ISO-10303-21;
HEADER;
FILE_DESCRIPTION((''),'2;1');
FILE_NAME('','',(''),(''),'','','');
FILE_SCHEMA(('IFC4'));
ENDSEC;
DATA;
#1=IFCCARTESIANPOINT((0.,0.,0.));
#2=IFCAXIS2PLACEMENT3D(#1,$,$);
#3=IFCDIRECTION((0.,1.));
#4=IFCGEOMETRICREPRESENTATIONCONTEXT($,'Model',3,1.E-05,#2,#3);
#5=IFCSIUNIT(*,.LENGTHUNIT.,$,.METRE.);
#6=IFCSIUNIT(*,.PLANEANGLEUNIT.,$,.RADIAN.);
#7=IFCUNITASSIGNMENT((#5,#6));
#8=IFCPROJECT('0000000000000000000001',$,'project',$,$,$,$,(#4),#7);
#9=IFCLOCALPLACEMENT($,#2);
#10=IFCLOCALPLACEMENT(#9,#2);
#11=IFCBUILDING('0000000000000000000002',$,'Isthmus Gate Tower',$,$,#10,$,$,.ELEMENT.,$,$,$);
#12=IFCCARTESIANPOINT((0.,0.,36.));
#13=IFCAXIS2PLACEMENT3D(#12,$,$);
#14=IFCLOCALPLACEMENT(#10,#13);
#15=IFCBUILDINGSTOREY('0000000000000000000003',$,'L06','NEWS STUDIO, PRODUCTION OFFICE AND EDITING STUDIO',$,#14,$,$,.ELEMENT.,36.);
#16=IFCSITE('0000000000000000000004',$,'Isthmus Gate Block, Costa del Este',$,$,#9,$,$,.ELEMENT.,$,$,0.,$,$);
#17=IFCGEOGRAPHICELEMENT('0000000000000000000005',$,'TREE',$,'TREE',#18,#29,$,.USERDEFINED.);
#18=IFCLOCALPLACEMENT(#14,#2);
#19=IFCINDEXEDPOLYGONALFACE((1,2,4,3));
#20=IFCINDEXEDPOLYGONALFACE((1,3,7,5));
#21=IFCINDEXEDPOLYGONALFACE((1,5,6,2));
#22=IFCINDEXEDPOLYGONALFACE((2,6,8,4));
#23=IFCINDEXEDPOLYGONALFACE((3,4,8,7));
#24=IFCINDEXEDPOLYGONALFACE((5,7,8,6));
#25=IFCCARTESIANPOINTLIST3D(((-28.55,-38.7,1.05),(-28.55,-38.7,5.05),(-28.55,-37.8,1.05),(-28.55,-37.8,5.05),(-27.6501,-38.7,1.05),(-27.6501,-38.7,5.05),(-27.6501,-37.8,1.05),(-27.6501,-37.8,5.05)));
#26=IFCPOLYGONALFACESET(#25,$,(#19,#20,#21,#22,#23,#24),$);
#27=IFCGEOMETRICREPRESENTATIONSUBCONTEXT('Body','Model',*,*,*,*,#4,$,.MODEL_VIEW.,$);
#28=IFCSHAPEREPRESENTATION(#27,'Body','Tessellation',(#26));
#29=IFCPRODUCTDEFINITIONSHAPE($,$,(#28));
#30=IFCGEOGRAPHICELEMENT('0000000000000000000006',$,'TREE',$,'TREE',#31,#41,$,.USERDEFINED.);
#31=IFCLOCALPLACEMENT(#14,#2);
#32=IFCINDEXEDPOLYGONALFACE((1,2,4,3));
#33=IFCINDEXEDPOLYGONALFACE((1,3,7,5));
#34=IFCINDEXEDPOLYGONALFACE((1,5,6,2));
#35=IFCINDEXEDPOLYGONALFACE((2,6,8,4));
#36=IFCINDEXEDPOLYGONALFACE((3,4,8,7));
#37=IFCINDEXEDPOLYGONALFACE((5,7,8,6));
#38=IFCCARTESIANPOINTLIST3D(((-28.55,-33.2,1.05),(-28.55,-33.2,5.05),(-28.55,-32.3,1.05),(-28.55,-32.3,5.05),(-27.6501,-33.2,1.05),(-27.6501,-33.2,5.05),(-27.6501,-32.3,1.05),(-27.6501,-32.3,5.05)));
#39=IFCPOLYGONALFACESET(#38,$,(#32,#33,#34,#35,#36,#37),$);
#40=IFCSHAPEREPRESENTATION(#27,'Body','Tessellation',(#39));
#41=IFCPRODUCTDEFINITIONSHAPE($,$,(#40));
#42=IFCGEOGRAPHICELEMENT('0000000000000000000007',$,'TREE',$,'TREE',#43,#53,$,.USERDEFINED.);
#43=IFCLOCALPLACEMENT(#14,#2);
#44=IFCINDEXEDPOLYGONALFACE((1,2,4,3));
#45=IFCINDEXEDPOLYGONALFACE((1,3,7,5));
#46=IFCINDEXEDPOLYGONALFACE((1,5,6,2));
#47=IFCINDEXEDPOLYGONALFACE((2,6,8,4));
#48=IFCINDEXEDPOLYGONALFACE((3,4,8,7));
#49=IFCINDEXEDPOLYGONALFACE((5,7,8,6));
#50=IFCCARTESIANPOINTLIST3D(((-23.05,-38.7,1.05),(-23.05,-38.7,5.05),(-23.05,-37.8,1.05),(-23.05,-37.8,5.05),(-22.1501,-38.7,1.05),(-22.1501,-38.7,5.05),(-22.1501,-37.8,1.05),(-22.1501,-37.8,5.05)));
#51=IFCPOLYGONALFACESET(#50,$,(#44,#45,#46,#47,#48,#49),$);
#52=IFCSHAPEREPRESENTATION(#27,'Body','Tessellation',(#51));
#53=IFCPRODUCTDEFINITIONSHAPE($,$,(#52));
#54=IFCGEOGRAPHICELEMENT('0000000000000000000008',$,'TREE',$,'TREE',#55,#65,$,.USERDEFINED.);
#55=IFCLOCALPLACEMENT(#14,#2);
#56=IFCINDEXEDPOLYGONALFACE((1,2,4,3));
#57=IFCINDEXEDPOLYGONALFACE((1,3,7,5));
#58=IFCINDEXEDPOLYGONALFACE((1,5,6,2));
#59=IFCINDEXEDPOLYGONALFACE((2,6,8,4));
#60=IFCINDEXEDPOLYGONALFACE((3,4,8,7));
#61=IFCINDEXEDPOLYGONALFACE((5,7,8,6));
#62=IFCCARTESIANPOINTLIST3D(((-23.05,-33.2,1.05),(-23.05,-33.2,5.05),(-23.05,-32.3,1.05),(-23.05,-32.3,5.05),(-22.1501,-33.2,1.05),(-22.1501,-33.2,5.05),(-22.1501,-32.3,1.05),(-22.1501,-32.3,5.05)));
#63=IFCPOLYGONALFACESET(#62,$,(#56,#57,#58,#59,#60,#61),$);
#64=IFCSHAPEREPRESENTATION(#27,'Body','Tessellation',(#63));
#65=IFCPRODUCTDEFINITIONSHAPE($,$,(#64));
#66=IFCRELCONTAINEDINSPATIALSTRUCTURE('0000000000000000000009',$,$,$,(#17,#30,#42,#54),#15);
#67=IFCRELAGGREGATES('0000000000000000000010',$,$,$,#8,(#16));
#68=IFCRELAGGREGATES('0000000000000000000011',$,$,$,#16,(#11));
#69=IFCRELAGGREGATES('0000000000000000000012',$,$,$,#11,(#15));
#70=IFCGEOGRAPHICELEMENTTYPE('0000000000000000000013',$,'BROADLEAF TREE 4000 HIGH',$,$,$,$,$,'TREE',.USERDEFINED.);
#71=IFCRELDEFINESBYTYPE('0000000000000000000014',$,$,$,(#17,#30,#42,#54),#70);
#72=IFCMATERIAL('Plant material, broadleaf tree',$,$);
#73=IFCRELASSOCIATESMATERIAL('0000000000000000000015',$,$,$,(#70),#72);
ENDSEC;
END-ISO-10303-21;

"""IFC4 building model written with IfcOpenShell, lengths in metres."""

from ifc_helpers import new_model, si_unit, direction, frame, origin, origin_2d, place, context, subcontext, project, spatial, rectangle, extrude, material, type_object, element, save


model = new_model("IFC4")

# Units and contexts
model_context = context("Model", 3, precision=1e-05, world=origin(), true_north=direction((0.0, 1.0)))
body_context = subcontext(model_context, "Body", "Model", "MODEL_VIEW")
ifc_project = project(units=[si_unit("LENGTHUNIT", "METRE"), si_unit("PLANEANGLEUNIT", "RADIAN")], contexts=[model_context])

# Site, building, storey
site_placement = place(None, origin())
site = spatial("IfcSite", under=ifc_project, at=site_placement, Name="Isthmus Gate Block, Costa del Este", CompositionType="ELEMENT", RefElevation=0.0)
building_placement = place(site_placement, origin())
building = spatial("IfcBuilding", under=site, at=building_placement, Name="Isthmus Gate Tower", CompositionType="ELEMENT")
storey_placement = place(building_placement, frame((0.0, 0.0, 36.0)))
storey = spatial("IfcBuildingStorey", under=building, at=storey_placement, Name="L06", Description="NEWS STUDIO, PRODUCTION OFFICE AND EDITING STUDIO", CompositionType="ELEMENT", Elevation=36.0)

# Geographic elements
ifc_material_1 = material(Name="Plant material, broadleaf tree")
geographic_element_type = type_object("IfcGeographicElementType", Name="BROADLEAF TREE 4000 HIGH", ElementType="TREE", PredefinedType="USERDEFINED", material=ifc_material_1)
for number, where, z_axis, x_axis, name in (
    (1, (-28.1001, -38.25, 1.05), (0.0, 0.0, 1.0), (1.0, 0.0, 0.0), "TREE"),
    (2, (-28.1001, -32.75, 1.05), (0.0, 0.0, 1.0), (1.0, 0.0, 0.0), "TREE"),
    (3, (-22.6001, -38.25, 1.05), (0.0, 0.0, 1.0), (1.0, 0.0, 0.0), "TREE"),
    (4, (-22.6001, -32.75, 1.05), (0.0, 0.0, 1.0), (1.0, 0.0, 0.0), "TREE"),
):
    element("IfcGeographicElement", number, at=place(storey_placement, frame(where, z_axis=z_axis, x_axis=x_axis)), inside=storey, type_object=geographic_element_type, Name=name, ObjectType="TREE", PredefinedType="USERDEFINED", context=body_context, shape_type="SweptSolid", body=[
        extrude(rectangle(XDim=0.8999, YDim=0.8999, at=origin_2d()), origin(), (0.0, 0.0, 1.0), 4.0),
    ])

save(model, "model.ifc")
